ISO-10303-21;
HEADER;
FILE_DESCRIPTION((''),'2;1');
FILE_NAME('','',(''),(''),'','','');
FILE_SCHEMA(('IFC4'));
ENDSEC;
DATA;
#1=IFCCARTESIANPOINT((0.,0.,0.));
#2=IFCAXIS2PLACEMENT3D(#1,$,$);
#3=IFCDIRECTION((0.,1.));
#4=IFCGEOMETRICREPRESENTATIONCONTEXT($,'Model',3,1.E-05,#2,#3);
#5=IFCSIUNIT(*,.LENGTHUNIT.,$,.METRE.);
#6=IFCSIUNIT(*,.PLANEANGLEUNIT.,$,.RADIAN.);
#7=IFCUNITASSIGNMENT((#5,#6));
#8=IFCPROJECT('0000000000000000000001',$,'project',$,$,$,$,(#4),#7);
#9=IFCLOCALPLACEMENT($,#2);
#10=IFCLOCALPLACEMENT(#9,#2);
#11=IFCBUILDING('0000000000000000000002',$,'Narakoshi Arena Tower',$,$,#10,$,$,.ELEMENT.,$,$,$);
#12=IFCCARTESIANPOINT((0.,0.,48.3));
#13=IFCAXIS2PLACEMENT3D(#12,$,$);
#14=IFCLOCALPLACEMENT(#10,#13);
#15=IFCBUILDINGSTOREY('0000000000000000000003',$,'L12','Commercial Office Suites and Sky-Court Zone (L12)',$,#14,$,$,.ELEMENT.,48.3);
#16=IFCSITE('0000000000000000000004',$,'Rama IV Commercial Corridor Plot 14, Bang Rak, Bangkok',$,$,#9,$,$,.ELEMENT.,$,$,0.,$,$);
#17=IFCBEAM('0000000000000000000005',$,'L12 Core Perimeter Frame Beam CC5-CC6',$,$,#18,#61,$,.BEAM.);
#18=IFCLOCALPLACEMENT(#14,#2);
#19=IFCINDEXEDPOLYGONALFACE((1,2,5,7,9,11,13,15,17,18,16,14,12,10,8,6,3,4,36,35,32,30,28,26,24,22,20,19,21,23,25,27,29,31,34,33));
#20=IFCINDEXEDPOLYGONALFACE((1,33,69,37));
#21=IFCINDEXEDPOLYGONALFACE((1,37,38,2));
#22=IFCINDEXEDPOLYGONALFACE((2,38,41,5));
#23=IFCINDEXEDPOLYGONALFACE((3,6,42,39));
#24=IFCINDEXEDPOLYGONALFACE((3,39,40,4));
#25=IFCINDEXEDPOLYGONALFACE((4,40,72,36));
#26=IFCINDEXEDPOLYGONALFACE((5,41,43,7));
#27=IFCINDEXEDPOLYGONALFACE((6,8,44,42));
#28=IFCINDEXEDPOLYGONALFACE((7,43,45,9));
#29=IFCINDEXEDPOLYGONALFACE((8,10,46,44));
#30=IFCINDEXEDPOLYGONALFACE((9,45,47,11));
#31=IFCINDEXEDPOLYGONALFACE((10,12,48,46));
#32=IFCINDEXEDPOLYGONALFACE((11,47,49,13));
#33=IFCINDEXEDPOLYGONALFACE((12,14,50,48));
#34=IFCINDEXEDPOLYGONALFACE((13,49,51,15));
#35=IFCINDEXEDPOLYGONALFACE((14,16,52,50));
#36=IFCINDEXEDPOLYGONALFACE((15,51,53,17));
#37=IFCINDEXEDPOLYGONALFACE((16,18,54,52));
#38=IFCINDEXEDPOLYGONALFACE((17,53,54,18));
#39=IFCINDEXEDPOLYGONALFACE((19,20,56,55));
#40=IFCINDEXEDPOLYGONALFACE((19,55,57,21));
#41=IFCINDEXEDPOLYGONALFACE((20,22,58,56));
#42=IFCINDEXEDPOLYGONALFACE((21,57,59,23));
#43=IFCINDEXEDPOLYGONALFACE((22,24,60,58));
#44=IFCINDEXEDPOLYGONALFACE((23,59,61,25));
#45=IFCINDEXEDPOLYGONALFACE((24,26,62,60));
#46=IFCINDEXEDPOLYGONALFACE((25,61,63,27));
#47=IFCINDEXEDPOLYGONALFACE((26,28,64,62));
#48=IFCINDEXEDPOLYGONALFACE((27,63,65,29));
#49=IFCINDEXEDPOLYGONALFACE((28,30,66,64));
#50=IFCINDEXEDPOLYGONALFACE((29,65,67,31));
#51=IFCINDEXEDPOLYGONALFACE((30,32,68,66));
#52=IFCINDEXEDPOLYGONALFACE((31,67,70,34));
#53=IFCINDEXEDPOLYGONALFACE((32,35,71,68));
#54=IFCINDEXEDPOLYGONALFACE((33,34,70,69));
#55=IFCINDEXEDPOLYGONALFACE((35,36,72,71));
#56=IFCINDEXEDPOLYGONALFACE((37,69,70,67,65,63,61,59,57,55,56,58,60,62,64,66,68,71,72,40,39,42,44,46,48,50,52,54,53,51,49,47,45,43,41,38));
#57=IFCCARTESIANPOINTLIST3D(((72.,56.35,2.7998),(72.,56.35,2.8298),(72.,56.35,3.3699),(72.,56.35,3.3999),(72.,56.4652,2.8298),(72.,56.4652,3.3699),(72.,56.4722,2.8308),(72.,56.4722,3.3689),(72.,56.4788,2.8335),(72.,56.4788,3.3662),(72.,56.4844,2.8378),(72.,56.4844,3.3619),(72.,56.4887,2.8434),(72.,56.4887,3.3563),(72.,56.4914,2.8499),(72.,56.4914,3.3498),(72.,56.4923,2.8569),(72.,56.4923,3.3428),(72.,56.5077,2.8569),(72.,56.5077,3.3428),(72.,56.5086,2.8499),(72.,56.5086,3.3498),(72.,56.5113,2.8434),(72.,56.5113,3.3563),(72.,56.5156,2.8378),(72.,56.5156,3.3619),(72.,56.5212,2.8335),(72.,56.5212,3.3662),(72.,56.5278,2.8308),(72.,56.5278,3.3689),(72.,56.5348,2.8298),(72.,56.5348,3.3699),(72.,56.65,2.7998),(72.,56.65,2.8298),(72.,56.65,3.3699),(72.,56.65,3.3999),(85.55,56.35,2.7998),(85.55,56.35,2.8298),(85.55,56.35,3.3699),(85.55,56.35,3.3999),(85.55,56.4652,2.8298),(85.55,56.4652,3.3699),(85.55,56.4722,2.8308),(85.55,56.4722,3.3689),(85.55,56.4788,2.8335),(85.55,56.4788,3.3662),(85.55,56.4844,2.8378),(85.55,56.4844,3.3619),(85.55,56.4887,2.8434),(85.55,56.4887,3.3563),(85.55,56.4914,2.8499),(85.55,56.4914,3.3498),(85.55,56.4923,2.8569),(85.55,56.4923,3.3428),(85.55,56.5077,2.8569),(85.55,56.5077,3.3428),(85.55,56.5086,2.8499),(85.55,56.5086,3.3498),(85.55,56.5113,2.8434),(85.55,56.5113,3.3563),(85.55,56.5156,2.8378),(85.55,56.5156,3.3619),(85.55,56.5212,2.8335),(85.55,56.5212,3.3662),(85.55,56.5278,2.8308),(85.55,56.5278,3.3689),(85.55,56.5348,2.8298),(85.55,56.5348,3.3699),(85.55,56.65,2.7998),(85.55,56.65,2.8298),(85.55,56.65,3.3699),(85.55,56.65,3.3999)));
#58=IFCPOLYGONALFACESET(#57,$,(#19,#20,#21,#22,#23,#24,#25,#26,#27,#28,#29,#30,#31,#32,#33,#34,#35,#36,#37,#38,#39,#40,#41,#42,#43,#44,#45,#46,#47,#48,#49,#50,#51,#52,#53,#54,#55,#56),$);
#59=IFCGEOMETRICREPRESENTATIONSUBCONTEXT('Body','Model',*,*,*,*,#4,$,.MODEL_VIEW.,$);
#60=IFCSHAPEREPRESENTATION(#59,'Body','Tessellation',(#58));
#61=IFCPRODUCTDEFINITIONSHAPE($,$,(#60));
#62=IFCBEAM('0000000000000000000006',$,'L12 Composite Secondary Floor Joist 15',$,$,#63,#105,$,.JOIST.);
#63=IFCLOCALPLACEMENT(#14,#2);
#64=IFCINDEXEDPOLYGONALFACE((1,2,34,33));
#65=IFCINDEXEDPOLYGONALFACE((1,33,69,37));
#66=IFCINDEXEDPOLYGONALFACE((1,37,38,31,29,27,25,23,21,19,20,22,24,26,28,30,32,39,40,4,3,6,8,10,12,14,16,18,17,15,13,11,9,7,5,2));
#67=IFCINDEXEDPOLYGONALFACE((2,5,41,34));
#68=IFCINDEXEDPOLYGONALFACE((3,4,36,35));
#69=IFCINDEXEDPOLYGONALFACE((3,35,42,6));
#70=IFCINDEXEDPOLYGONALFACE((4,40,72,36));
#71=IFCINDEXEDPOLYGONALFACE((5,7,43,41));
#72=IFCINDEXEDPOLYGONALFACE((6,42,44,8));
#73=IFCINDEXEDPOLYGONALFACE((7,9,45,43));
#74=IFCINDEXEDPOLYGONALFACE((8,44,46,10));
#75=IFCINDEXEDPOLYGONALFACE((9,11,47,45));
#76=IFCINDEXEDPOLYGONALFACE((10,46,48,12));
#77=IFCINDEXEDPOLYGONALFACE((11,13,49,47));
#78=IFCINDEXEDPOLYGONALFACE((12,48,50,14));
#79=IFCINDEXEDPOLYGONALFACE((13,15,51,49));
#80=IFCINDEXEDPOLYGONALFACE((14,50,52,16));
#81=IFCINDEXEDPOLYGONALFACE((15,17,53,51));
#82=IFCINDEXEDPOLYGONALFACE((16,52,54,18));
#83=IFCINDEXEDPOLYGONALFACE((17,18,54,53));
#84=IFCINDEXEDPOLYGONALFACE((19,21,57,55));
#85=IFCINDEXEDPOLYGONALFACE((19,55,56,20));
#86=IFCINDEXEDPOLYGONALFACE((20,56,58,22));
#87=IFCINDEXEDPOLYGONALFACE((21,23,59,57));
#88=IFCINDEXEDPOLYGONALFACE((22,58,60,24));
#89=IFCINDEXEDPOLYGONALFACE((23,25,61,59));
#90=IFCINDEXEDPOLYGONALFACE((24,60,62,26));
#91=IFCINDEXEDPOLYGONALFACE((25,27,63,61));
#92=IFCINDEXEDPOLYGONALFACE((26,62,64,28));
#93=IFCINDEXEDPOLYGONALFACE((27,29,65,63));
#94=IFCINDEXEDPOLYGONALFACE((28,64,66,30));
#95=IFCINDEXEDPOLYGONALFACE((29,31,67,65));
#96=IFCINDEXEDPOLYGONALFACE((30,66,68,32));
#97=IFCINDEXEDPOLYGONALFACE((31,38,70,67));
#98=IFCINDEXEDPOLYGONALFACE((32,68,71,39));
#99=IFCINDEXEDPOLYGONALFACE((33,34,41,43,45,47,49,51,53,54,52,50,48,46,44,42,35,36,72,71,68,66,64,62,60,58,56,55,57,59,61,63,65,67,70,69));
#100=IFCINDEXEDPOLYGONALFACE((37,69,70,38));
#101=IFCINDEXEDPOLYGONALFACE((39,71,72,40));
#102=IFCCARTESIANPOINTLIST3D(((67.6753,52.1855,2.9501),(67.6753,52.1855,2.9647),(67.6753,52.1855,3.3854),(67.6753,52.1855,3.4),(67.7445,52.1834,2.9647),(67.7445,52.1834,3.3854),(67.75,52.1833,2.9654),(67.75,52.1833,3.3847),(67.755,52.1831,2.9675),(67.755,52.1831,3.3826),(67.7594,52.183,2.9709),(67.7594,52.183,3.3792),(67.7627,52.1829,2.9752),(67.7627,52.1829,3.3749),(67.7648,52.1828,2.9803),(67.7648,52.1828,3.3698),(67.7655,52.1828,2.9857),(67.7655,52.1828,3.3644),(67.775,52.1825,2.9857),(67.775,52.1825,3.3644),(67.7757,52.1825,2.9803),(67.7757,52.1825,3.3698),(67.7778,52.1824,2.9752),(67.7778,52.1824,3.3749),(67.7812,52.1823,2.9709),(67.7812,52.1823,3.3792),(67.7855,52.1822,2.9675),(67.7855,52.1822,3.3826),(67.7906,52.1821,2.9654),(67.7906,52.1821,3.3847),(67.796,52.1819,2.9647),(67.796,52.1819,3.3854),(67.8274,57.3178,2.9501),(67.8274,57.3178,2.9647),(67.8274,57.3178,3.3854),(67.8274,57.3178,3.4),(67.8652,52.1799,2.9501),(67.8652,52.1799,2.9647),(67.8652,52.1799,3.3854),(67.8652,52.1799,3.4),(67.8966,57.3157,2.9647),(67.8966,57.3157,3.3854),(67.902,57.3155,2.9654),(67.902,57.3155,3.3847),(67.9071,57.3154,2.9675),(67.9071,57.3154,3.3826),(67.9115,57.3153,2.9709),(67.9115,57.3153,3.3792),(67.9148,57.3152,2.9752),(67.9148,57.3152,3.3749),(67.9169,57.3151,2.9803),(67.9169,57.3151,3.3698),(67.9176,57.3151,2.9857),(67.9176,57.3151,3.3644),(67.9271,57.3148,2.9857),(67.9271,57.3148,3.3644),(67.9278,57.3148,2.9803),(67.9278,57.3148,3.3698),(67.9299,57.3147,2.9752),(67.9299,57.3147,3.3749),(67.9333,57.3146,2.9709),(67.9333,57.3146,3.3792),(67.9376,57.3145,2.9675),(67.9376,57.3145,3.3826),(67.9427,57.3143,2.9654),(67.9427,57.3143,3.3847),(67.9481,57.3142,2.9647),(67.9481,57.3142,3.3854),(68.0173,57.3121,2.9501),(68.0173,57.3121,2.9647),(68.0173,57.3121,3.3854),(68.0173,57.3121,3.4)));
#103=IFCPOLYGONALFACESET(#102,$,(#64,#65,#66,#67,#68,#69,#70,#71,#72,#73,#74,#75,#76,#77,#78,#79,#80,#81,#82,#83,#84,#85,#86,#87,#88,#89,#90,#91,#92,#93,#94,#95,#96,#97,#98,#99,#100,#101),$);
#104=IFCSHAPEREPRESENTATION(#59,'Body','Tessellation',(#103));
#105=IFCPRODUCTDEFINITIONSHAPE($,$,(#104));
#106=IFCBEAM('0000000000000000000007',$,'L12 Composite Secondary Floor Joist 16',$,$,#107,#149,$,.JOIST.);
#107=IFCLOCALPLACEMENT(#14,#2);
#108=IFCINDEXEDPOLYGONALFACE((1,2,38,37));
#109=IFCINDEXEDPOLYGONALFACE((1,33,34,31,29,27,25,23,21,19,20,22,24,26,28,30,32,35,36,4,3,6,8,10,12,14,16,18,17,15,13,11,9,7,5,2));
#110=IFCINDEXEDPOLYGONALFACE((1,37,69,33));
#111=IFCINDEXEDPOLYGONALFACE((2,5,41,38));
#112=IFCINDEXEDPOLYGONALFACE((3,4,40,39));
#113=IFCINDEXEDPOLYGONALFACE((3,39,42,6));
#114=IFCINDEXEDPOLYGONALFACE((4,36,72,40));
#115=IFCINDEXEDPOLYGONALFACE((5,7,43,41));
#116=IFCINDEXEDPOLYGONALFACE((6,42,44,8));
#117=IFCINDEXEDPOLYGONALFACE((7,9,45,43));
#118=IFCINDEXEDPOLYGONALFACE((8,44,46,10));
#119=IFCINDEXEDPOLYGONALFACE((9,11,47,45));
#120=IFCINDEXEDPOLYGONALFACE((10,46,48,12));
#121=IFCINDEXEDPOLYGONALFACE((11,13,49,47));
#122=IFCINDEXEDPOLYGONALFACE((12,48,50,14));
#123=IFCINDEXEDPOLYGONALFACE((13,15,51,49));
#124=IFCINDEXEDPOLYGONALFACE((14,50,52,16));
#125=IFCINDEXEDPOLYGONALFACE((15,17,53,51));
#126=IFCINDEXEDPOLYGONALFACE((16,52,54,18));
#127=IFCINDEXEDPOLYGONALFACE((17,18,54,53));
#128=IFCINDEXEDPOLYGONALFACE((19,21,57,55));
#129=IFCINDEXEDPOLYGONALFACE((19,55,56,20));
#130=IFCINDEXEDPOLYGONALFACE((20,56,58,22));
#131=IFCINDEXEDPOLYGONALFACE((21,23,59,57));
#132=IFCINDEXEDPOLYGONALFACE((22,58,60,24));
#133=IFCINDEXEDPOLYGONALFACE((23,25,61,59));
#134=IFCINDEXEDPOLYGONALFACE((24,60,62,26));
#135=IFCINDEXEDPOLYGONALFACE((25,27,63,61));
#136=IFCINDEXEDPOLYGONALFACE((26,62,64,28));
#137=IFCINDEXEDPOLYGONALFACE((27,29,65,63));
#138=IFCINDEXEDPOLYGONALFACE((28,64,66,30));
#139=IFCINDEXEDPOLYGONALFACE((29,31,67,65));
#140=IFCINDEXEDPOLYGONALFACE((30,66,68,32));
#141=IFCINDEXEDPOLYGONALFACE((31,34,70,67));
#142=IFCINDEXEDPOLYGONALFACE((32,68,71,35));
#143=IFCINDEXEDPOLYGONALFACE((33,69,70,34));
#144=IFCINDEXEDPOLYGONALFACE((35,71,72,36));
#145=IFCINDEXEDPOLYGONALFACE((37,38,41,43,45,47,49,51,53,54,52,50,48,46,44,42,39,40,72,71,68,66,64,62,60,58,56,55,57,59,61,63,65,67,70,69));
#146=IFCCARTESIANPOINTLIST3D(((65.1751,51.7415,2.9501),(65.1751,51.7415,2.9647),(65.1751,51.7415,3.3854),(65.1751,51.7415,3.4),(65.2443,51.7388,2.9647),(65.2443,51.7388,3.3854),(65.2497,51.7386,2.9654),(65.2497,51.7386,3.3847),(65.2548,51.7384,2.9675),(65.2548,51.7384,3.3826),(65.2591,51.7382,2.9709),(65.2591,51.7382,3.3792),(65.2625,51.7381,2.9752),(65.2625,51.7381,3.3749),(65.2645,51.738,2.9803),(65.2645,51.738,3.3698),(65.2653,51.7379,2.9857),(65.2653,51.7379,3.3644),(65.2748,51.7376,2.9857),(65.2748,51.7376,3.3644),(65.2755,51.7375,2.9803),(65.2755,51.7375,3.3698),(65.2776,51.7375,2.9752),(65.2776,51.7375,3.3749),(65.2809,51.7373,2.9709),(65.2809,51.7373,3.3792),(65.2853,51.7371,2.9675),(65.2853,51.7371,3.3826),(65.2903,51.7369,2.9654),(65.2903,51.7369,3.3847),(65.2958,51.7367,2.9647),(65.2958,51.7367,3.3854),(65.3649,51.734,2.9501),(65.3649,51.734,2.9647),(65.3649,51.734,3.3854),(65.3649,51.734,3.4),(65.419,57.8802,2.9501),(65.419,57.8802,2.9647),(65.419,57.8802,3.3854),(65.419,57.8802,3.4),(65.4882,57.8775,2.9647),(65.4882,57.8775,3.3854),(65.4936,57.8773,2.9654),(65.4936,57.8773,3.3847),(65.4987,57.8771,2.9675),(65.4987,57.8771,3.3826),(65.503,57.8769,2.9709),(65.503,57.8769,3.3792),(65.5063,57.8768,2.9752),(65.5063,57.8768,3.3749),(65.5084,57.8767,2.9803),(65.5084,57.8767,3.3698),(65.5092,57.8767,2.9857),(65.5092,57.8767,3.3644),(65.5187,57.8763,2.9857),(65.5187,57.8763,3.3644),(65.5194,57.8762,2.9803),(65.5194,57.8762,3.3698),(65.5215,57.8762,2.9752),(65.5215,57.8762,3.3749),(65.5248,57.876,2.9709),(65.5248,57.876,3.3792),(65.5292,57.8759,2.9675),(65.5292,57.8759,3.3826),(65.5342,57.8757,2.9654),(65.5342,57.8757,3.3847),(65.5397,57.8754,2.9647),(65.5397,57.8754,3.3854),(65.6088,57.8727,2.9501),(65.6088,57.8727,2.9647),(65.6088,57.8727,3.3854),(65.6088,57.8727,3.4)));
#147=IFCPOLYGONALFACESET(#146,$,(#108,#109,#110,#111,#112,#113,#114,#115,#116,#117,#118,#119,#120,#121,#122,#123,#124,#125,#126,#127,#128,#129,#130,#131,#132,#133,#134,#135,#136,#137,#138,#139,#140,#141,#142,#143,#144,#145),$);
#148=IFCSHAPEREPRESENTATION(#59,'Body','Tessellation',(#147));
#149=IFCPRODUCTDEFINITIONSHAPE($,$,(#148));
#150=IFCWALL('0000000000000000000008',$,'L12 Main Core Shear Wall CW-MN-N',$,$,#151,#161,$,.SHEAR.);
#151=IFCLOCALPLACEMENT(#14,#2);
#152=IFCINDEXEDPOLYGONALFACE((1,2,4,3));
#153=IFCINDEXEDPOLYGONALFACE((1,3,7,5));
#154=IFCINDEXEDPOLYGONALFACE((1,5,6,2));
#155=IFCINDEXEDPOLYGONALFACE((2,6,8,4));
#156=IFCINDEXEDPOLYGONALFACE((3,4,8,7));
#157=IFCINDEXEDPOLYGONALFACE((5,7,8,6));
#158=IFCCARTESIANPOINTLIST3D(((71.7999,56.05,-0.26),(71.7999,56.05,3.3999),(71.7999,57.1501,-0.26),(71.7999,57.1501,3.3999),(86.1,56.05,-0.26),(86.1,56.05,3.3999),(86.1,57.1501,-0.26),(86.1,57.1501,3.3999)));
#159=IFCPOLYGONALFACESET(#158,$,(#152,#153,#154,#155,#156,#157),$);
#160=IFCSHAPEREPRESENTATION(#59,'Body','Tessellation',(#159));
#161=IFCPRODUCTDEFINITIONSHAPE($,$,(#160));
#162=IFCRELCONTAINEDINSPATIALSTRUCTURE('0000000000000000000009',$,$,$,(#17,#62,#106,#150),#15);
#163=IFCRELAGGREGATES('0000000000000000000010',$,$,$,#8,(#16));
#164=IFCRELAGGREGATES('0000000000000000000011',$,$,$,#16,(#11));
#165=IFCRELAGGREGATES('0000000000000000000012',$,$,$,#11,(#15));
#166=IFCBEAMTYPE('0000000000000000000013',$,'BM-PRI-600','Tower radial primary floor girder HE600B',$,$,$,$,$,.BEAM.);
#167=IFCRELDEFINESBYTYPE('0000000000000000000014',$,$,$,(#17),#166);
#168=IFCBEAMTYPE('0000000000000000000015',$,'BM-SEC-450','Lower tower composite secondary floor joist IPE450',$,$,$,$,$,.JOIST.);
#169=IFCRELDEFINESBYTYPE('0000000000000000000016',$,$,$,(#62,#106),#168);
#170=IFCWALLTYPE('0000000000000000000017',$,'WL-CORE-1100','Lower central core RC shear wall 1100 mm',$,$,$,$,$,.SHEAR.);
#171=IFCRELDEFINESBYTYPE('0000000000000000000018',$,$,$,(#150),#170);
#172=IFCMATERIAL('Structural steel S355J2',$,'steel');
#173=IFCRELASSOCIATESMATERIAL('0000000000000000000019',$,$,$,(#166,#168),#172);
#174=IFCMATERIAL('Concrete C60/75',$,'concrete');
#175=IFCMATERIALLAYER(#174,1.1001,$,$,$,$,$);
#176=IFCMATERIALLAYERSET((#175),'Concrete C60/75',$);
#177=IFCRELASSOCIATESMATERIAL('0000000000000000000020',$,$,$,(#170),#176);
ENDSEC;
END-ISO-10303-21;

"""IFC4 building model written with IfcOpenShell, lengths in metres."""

from ifc_helpers import new_model, si_unit, direction, frame, frame_2d, origin, origin_2d, place, context, subcontext, project, spatial, rectangle, i_section, extrude, material, layer, layer_set, material_profile, profile_set, type_object, element, save


model = new_model("IFC4")

# Units and contexts
model_context = context("Model", 3, precision=1e-05, world=origin(), true_north=direction((0.0, 1.0)))
body_context = subcontext(model_context, "Body", "Model", "MODEL_VIEW")
ifc_project = project(units=[si_unit("LENGTHUNIT", "METRE"), si_unit("PLANEANGLEUNIT", "RADIAN")], contexts=[model_context])

# Site, building, storey
site_placement = place(None, origin())
site = spatial("IfcSite", under=ifc_project, at=site_placement, Name="Rama IV Commercial Corridor Plot 14, Bang Rak, Bangkok", CompositionType="ELEMENT", RefElevation=0.0)
building_placement = place(site_placement, origin())
building = spatial("IfcBuilding", under=site, at=building_placement, Name="Narakoshi Arena Tower", CompositionType="ELEMENT")
storey_placement = place(building_placement, frame((0.0, 0.0, 48.3)))
storey = spatial("IfcBuildingStorey", under=building, at=storey_placement, Name="L12", Description="Commercial Office Suites and Sky-Court Zone (L12)", CompositionType="ELEMENT", Elevation=48.3)

# Shared definitions
ifc_material_1 = material(Name="Concrete C60/75", Category="concrete")

# Beams
ifc_material_2 = material(Name="Structural steel S355J2", Category="steel")
ifc_material_profile_1 = material_profile(ifc_material_2, i_section(OverallWidth=0.3, OverallDepth=0.6001, WebThickness=0.0154, FlangeThickness=0.03, FilletRadius=0.0271, at=origin_2d()), Name="HE600B")
ifc_profile_set_1 = profile_set([ifc_material_profile_1], Name="Structural steel S355J2")
beam_type_1 = type_object("IfcBeamType", Name="BM-PRI-600", Description="Tower radial primary floor girder HE600B", PredefinedType="BEAM", material=ifc_profile_set_1)
beam_1_placement = place(storey_placement, frame((72.0, 56.5, 3.0999), z_axis=(1.0, 0.0, 0.0), x_axis=(0.0, 1.0, 0.0)))
element("IfcBeam", 1, at=beam_1_placement, inside=storey, type_object=beam_type_1, Name="L12 Core Perimeter Frame Beam CC5-CC6", PredefinedType="BEAM", context=body_context, shape_type="SweptSolid", body=[
    extrude(i_section(OverallWidth=0.3, OverallDepth=0.6001, WebThickness=0.0154, FlangeThickness=0.03, FilletRadius=0.0271, at=origin_2d()), origin(), (0.0, 0.0, 1.0), 13.55),
])
ifc_material_profile_2 = material_profile(ifc_material_2, i_section(OverallWidth=0.1899, OverallDepth=0.45, WebThickness=0.0095, FlangeThickness=0.0146, FilletRadius=0.021, at=origin_2d()), Name="IPE450")
ifc_profile_set_2 = profile_set([ifc_material_profile_2], Name="Structural steel S355J2")
beam_type_2 = type_object("IfcBeamType", Name="BM-SEC-450", Description="Lower tower composite secondary floor joist IPE450", PredefinedType="JOIST", material=ifc_profile_set_2)
beam_2_placement = place(storey_placement, frame((67.9224, 57.3149, 3.175), z_axis=(-0.029623, -0.999561, 0.0), x_axis=(0.999561, -0.029623, 0.0)))
element("IfcBeam", 2, at=beam_2_placement, inside=storey, type_object=beam_type_2, Name="L12 Composite Secondary Floor Joist 15", PredefinedType="JOIST", context=body_context, shape_type="SweptSolid", body=[
    extrude(i_section(OverallWidth=0.1899, OverallDepth=0.45, WebThickness=0.0095, FlangeThickness=0.0146, FilletRadius=0.021, at=origin_2d()), origin(), (0.0, 0.0, 1.0), 5.1345),
])
beam_3_placement = place(storey_placement, frame((65.5139, 57.8765, 3.175), z_axis=(-0.0397, -0.999212, 0.0), x_axis=(0.999212, -0.0397, 0.0)))
element("IfcBeam", 3, at=beam_3_placement, inside=storey, type_object=beam_type_2, Name="L12 Composite Secondary Floor Joist 16", PredefinedType="JOIST", context=body_context, shape_type="SweptSolid", body=[
    extrude(i_section(OverallWidth=0.1899, OverallDepth=0.45, WebThickness=0.0095, FlangeThickness=0.0146, FilletRadius=0.021, at=origin_2d()), origin(), (0.0, 0.0, 1.0), 6.1436),
])

# Wall
ifc_layer_1 = layer(ifc_material_1, 1.1001)
ifc_layer_set_1 = layer_set([ifc_layer_1], Name="Concrete C60/75")
wall_type_1 = type_object("IfcWallType", Name="WL-CORE-1100", Description="Lower central core RC shear wall 1100 mm", PredefinedType="SHEAR", material=ifc_layer_set_1)
wall_1_placement = place(storey_placement, frame((71.8, 56.6001, -0.26), z_axis=(0.0, 0.0, 1.0), x_axis=(1.0, 0.0, 0.0)))
element("IfcWall", 4, at=wall_1_placement, inside=storey, type_object=wall_type_1, Name="L12 Main Core Shear Wall CW-MN-N", PredefinedType="SHEAR", context=body_context, shape_type="SweptSolid", body=[
    extrude(rectangle(XDim=14.3, YDim=1.1001, at=frame_2d((7.1499, 0.0))), origin(), (0.0, 0.0, 1.0), 3.6599),
])

save(model, "model.ifc")
